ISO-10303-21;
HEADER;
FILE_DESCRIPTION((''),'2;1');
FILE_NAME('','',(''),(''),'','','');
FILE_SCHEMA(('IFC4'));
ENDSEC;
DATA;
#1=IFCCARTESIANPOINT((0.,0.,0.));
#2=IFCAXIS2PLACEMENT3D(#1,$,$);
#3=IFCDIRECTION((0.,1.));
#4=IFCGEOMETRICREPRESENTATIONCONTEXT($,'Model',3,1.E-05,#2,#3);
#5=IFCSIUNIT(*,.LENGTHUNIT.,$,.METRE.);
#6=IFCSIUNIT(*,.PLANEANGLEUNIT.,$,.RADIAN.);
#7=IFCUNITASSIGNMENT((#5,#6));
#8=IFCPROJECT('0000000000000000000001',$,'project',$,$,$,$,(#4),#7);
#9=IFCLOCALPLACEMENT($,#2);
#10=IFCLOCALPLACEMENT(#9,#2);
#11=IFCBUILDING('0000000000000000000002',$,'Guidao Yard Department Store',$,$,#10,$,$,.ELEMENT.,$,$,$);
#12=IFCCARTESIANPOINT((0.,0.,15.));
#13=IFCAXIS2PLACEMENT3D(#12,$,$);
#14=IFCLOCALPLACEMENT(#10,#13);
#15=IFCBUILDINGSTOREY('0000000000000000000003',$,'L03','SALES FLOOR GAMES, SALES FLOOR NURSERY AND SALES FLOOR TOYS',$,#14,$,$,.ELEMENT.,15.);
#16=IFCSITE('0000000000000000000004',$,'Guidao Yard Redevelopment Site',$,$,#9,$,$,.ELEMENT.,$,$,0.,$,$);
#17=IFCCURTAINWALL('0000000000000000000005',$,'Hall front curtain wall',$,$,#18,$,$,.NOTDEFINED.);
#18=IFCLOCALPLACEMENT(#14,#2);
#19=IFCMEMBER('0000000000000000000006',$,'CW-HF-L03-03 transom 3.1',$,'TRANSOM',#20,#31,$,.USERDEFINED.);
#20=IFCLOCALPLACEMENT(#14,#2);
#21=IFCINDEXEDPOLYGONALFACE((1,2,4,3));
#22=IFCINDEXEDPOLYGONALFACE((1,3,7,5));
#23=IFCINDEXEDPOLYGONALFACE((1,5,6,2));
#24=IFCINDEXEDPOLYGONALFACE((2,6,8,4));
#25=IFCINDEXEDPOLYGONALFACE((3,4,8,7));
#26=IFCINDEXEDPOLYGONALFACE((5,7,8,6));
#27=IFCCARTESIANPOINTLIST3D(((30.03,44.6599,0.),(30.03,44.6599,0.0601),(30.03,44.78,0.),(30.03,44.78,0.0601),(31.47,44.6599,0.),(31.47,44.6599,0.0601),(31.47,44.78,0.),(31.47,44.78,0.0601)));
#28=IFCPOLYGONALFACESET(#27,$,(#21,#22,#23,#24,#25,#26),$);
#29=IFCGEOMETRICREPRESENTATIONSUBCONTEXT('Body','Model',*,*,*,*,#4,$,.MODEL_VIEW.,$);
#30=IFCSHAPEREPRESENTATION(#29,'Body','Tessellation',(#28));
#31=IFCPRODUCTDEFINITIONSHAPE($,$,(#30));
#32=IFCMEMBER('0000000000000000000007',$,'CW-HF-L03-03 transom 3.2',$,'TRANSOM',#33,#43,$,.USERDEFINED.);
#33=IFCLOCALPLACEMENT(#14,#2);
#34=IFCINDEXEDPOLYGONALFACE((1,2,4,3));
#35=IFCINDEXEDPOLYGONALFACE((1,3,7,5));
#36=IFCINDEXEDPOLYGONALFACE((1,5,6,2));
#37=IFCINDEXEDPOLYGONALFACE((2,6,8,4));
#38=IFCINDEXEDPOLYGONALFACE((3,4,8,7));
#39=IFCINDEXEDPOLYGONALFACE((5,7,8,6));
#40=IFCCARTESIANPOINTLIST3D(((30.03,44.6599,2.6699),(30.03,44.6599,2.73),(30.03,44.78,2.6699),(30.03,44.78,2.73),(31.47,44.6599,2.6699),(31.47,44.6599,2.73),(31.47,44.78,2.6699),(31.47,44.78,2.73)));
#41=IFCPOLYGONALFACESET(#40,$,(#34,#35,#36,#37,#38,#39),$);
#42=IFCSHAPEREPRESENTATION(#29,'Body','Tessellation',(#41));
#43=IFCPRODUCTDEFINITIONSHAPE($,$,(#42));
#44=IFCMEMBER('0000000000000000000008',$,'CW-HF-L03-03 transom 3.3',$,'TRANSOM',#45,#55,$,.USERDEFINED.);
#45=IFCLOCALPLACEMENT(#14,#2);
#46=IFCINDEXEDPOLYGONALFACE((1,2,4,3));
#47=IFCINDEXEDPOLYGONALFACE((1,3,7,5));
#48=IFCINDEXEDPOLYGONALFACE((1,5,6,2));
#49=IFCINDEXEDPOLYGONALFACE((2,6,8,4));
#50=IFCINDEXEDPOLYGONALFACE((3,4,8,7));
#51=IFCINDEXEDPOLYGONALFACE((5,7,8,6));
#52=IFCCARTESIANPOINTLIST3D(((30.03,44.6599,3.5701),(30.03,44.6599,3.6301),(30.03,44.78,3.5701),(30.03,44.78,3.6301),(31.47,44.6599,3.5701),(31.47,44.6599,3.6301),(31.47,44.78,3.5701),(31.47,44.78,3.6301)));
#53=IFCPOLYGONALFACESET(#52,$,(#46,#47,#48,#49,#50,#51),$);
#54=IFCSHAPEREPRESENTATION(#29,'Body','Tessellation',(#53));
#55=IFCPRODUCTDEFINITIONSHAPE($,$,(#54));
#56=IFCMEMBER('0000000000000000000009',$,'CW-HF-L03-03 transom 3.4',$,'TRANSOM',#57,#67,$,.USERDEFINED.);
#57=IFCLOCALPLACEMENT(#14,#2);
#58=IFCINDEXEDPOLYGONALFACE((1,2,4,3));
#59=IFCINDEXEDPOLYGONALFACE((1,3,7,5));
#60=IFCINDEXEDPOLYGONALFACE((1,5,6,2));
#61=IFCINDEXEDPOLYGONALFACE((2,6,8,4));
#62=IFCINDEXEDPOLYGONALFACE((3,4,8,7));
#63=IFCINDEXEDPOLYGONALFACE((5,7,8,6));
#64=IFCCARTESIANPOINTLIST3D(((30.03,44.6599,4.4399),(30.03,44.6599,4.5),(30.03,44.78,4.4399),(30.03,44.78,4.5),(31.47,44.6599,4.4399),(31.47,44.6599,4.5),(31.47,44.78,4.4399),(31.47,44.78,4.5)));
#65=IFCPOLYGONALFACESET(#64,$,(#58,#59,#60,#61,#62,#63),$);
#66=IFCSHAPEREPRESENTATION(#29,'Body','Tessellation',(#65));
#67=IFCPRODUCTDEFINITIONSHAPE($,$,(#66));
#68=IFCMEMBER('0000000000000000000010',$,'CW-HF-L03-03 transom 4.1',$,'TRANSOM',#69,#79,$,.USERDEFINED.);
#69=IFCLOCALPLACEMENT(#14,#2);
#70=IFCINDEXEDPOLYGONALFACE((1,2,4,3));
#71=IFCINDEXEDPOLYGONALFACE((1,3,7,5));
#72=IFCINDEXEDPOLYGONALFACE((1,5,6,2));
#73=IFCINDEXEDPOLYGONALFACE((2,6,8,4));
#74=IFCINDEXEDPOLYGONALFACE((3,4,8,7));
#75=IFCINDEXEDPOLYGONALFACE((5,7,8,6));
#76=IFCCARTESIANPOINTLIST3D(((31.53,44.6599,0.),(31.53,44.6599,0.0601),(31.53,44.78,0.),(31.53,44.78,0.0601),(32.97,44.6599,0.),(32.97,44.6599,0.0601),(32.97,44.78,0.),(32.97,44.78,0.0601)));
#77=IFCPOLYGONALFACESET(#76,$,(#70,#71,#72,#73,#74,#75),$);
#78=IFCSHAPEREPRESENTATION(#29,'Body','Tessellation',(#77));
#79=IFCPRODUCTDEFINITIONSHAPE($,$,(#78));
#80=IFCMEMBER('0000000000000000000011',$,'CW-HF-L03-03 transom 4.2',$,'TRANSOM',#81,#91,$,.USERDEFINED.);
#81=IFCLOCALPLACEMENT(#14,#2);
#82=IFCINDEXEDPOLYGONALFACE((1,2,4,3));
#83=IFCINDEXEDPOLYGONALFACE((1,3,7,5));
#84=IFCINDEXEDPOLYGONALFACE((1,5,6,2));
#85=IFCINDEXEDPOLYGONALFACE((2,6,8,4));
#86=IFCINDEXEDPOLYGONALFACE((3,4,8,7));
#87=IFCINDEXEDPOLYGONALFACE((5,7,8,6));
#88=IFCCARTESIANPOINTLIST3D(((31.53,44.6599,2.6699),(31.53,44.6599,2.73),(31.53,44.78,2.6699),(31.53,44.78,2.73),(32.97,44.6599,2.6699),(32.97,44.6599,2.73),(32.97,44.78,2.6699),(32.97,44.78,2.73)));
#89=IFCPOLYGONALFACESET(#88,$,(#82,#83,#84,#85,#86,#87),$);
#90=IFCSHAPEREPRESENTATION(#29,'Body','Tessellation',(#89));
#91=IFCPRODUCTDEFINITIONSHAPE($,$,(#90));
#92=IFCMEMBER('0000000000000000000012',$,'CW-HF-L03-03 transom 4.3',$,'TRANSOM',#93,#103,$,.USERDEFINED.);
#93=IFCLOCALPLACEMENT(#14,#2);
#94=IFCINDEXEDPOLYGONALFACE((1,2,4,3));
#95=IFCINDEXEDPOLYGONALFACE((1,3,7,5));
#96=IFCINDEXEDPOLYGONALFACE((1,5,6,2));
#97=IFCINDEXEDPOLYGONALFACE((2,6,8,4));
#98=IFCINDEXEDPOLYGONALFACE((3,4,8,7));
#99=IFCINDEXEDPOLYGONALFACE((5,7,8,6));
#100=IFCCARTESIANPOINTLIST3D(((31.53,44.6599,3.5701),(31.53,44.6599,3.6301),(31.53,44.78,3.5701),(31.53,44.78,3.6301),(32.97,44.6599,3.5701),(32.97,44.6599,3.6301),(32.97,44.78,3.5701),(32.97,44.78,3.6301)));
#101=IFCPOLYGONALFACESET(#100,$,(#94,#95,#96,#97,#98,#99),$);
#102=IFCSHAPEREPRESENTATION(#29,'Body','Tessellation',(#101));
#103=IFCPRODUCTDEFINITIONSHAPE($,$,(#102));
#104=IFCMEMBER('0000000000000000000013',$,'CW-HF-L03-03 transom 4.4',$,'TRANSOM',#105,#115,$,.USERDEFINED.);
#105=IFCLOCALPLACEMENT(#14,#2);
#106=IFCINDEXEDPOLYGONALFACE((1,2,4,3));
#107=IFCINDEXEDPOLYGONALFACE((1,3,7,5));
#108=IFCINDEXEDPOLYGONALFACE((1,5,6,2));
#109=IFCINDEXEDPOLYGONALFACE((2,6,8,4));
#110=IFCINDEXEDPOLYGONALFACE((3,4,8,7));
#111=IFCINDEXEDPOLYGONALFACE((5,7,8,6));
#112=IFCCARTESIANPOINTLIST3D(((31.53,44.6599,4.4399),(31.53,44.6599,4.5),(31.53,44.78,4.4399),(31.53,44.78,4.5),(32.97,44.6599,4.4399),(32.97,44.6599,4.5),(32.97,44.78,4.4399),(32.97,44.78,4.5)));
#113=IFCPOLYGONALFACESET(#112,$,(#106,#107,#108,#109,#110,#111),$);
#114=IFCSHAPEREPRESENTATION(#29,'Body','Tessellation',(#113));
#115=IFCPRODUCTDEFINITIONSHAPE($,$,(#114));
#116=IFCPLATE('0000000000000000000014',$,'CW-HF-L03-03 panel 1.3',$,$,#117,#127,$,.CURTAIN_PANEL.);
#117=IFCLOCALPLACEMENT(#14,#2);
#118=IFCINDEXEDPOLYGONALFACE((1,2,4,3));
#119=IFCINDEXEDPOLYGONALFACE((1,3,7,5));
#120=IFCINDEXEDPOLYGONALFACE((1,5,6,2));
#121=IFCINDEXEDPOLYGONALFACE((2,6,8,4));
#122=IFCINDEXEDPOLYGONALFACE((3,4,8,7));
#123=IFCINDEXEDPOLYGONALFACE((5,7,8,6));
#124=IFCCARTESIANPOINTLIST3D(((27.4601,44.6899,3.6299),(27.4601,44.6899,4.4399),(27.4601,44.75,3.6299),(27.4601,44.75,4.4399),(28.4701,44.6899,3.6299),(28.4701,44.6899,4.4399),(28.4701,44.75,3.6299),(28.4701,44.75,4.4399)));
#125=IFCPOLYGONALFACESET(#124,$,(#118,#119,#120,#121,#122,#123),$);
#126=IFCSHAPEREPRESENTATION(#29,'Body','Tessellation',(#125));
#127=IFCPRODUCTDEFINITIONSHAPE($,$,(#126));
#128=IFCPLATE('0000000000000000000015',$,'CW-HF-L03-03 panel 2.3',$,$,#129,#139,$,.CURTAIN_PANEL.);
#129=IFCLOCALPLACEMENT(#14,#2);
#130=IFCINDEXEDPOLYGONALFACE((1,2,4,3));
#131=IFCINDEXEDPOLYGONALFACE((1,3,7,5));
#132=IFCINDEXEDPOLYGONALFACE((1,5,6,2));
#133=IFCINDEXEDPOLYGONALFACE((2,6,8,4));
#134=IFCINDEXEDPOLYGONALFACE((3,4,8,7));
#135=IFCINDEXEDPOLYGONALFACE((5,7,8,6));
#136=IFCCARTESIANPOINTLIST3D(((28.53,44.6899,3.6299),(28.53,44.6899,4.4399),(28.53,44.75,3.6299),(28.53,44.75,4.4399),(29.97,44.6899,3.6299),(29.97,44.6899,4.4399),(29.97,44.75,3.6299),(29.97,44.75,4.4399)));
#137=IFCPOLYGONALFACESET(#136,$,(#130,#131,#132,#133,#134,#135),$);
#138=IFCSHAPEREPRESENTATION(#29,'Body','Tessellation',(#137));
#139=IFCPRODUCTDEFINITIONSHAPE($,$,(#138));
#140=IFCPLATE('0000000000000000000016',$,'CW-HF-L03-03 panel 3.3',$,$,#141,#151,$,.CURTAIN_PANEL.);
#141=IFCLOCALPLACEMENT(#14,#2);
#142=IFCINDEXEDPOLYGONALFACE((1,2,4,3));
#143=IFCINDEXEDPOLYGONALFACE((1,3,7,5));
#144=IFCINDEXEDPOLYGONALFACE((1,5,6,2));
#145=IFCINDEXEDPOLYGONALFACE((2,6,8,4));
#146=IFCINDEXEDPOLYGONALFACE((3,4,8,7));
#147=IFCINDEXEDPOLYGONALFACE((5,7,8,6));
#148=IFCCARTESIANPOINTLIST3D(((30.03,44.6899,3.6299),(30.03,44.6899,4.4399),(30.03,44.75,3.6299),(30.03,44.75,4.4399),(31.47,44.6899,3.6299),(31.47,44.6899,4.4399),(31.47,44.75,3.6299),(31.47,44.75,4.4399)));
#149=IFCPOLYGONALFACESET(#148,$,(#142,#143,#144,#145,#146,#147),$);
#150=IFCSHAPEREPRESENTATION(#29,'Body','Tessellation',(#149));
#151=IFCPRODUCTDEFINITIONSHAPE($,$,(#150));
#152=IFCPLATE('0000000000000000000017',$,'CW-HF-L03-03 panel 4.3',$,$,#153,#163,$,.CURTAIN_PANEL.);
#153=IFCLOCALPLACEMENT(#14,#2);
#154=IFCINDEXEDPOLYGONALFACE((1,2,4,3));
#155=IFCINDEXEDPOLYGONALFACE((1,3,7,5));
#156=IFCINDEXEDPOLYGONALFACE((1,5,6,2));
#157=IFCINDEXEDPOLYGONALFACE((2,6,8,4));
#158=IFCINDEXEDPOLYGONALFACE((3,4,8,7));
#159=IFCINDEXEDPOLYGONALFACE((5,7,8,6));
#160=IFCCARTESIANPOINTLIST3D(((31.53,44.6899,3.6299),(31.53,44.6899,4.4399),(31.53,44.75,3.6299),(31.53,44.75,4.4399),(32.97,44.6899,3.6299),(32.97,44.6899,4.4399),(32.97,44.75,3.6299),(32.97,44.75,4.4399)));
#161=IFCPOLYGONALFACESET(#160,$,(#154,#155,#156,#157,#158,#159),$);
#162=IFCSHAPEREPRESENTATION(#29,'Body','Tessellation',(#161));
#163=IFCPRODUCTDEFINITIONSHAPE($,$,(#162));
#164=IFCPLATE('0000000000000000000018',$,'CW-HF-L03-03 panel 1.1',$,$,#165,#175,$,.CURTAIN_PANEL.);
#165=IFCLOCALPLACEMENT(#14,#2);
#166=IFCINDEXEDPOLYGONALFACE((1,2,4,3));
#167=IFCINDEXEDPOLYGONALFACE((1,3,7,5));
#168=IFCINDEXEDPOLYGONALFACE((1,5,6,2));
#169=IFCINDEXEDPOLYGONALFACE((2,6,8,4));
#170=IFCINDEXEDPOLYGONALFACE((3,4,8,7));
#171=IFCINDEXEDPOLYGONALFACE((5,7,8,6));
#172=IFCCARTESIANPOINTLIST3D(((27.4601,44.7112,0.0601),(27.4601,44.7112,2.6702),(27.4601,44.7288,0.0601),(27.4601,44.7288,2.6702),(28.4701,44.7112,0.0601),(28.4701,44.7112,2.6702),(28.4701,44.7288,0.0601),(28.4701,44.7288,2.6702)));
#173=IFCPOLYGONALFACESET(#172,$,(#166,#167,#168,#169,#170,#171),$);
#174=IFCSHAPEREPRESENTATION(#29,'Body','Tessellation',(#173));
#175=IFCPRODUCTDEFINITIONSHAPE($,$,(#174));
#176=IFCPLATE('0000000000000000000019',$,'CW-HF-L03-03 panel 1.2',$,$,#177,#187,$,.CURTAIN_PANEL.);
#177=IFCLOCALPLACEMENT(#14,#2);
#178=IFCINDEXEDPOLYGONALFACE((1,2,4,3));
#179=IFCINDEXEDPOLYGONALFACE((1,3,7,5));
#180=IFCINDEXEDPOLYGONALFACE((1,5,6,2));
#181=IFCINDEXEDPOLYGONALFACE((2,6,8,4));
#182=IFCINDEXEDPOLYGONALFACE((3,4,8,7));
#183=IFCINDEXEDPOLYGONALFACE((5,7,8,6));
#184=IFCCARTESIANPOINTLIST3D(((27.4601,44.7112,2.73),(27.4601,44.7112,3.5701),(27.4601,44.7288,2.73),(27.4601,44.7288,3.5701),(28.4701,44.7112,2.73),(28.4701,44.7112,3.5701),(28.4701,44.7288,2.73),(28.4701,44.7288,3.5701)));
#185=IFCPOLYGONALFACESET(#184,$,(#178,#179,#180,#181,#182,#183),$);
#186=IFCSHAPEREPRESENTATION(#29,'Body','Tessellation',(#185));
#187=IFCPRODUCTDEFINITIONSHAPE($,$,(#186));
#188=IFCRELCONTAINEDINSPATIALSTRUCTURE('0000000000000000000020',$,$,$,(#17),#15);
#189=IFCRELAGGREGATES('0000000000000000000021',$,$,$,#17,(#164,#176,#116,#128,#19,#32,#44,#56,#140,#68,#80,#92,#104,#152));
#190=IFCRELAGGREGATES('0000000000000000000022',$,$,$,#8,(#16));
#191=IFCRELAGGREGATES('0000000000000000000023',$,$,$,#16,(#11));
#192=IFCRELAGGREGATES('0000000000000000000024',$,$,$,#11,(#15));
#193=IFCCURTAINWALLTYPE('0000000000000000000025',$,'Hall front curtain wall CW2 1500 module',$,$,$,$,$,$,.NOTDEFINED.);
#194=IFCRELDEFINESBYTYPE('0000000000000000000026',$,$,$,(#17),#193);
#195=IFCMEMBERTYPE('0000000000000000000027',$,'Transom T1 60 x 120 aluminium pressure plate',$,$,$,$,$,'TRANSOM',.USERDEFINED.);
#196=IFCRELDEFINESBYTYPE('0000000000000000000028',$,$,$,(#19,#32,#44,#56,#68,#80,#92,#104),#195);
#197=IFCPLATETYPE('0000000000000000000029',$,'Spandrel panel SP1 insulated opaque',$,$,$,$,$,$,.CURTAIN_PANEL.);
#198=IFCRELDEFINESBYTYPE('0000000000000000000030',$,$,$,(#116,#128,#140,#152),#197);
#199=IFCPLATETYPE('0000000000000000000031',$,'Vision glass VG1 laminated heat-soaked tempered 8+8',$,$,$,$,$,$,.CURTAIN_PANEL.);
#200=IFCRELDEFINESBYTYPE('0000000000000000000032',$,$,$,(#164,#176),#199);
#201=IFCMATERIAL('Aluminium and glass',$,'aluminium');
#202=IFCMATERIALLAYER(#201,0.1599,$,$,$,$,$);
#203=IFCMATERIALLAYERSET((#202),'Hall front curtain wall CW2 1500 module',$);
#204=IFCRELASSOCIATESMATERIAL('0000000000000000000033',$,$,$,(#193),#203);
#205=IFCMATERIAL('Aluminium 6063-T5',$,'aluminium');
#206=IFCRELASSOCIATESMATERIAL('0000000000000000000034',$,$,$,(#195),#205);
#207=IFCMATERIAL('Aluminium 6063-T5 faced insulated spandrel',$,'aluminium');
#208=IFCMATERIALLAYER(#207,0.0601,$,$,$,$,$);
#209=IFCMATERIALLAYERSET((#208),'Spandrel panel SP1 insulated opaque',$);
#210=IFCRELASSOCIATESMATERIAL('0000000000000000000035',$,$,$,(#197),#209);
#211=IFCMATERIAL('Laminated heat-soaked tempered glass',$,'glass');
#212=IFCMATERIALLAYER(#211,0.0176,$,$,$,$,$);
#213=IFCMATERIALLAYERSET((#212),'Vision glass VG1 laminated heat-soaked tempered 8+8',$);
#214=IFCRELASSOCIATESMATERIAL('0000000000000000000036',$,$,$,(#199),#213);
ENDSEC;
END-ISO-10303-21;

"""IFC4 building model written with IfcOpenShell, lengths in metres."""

from ifc_helpers import new_model, si_unit, direction, frame, origin, origin_2d, place, context, subcontext, project, spatial, rectangle, extrude, material, layer, layer_set, material_profile, profile_set, type_object, element, aggregate, save


model = new_model("IFC4")

# Units and contexts
model_context = context("Model", 3, precision=1e-05, world=origin(), true_north=direction((0.0, 1.0)))
body_context = subcontext(model_context, "Body", "Model", "MODEL_VIEW")
ifc_project = project(units=[si_unit("LENGTHUNIT", "METRE"), si_unit("PLANEANGLEUNIT", "RADIAN")], contexts=[model_context])

# Site, building, storey
site_placement = place(None, origin())
site = spatial("IfcSite", under=ifc_project, at=site_placement, Name="Guidao Yard Redevelopment Site", CompositionType="ELEMENT", RefElevation=0.0)
building_placement = place(site_placement, origin())
building = spatial("IfcBuilding", under=site, at=building_placement, Name="Guidao Yard Department Store", CompositionType="ELEMENT")
storey_placement = place(building_placement, frame((0.0, 0.0, 15.0)))
storey = spatial("IfcBuildingStorey", under=building, at=storey_placement, Name="L03", Description="SALES FLOOR GAMES, SALES FLOOR NURSERY AND SALES FLOOR TOYS", CompositionType="ELEMENT", Elevation=15.0)

# Curtain wall, members, plates
ifc_material_1 = material(Name="Aluminium and glass", Category="aluminium")
ifc_layer_1 = layer(ifc_material_1, 0.1599)
ifc_layer_set_1 = layer_set([ifc_layer_1], Name="Hall front curtain wall CW2 1500 module")
curtain_wall_type = type_object("IfcCurtainWallType", Name="Hall front curtain wall CW2 1500 module", PredefinedType="NOTDEFINED", material=ifc_layer_set_1)
curtain_wall_placement = place(storey_placement, origin())
curtain_wall = element("IfcCurtainWall", 1, at=curtain_wall_placement, inside=storey, type_object=curtain_wall_type, Name="Hall front curtain wall", PredefinedType="NOTDEFINED")
ifc_material_2 = material(Name="Aluminium 6063-T5", Category="aluminium")
ifc_material_profile_1 = material_profile(ifc_material_2, rectangle(XDim=0.1201, YDim=0.0601, at=origin_2d()), Name="Transom T1 60 x 120 aluminium pressure plate")
ifc_profile_set_1 = profile_set([ifc_material_profile_1], Name="Aluminium 6063-T5")
member_type_1 = type_object("IfcMemberType", Name="Transom T1 60 x 120 aluminium pressure plate", ElementType="TRANSOM", PredefinedType="USERDEFINED", material=ifc_profile_set_1)
member_1_placement = place(storey_placement, frame((31.47, 44.72, 0.03), z_axis=(-1.0, 0.0, 0.0), x_axis=(0.0, -1.0, 0.0)))
member_1 = element("IfcMember", 2, at=member_1_placement, type_object=member_type_1, Name="CW-HF-L03-03 transom 3.1", ObjectType="TRANSOM", PredefinedType="USERDEFINED", context=body_context, shape_type="SweptSolid", body=[
    extrude(rectangle(XDim=0.1201, YDim=0.0601, at=origin_2d()), origin(), (0.0, 0.0, 1.0), 1.4399),
])
member_2_placement = place(storey_placement, frame((31.47, 44.72, 2.7), z_axis=(-1.0, 0.0, 0.0), x_axis=(0.0, -1.0, 0.0)))
member_2 = element("IfcMember", 3, at=member_2_placement, type_object=member_type_1, Name="CW-HF-L03-03 transom 3.2", ObjectType="TRANSOM", PredefinedType="USERDEFINED", context=body_context, shape_type="SweptSolid", body=[
    extrude(rectangle(XDim=0.1201, YDim=0.0601, at=origin_2d()), origin(), (0.0, 0.0, 1.0), 1.4399),
])
member_3_placement = place(storey_placement, frame((31.47, 44.72, 3.6001), z_axis=(-1.0, 0.0, 0.0), x_axis=(0.0, -1.0, 0.0)))
member_3 = element("IfcMember", 4, at=member_3_placement, type_object=member_type_1, Name="CW-HF-L03-03 transom 3.3", ObjectType="TRANSOM", PredefinedType="USERDEFINED", context=body_context, shape_type="SweptSolid", body=[
    extrude(rectangle(XDim=0.1201, YDim=0.0601, at=origin_2d()), origin(), (0.0, 0.0, 1.0), 1.4399),
])
member_4_placement = place(storey_placement, frame((31.47, 44.72, 4.47), z_axis=(-1.0, 0.0, 0.0), x_axis=(0.0, -1.0, 0.0)))
member_4 = element("IfcMember", 5, at=member_4_placement, type_object=member_type_1, Name="CW-HF-L03-03 transom 3.4", ObjectType="TRANSOM", PredefinedType="USERDEFINED", context=body_context, shape_type="SweptSolid", body=[
    extrude(rectangle(XDim=0.1201, YDim=0.0601, at=origin_2d()), origin(), (0.0, 0.0, 1.0), 1.4399),
])
member_5_placement = place(storey_placement, frame((32.97, 44.72, 0.03), z_axis=(-1.0, 0.0, 0.0), x_axis=(0.0, -1.0, 0.0)))
member_5 = element("IfcMember", 6, at=member_5_placement, type_object=member_type_1, Name="CW-HF-L03-03 transom 4.1", ObjectType="TRANSOM", PredefinedType="USERDEFINED", context=body_context, shape_type="SweptSolid", body=[
    extrude(rectangle(XDim=0.1201, YDim=0.0601, at=origin_2d()), origin(), (0.0, 0.0, 1.0), 1.4399),
])
member_6_placement = place(storey_placement, frame((32.97, 44.72, 2.7), z_axis=(-1.0, 0.0, 0.0), x_axis=(0.0, -1.0, 0.0)))
member_6 = element("IfcMember", 7, at=member_6_placement, type_object=member_type_1, Name="CW-HF-L03-03 transom 4.2", ObjectType="TRANSOM", PredefinedType="USERDEFINED", context=body_context, shape_type="SweptSolid", body=[
    extrude(rectangle(XDim=0.1201, YDim=0.0601, at=origin_2d()), origin(), (0.0, 0.0, 1.0), 1.4399),
])
member_7_placement = place(storey_placement, frame((32.97, 44.72, 3.6001), z_axis=(-1.0, 0.0, 0.0), x_axis=(0.0, -1.0, 0.0)))
member_7 = element("IfcMember", 8, at=member_7_placement, type_object=member_type_1, Name="CW-HF-L03-03 transom 4.3", ObjectType="TRANSOM", PredefinedType="USERDEFINED", context=body_context, shape_type="SweptSolid", body=[
    extrude(rectangle(XDim=0.1201, YDim=0.0601, at=origin_2d()), origin(), (0.0, 0.0, 1.0), 1.4399),
])
member_8_placement = place(storey_placement, frame((32.97, 44.72, 4.47), z_axis=(-1.0, 0.0, 0.0), x_axis=(0.0, -1.0, 0.0)))
member_8 = element("IfcMember", 9, at=member_8_placement, type_object=member_type_1, Name="CW-HF-L03-03 transom 4.4", ObjectType="TRANSOM", PredefinedType="USERDEFINED", context=body_context, shape_type="SweptSolid", body=[
    extrude(rectangle(XDim=0.1201, YDim=0.0601, at=origin_2d()), origin(), (0.0, 0.0, 1.0), 1.4399),
])
ifc_material_3 = material(Name="Aluminium 6063-T5 faced insulated spandrel", Category="aluminium")
ifc_layer_2 = layer(ifc_material_3, 0.0601)
ifc_layer_set_2 = layer_set([ifc_layer_2], Name="Spandrel panel SP1 insulated opaque")
plate_type_1 = type_object("IfcPlateType", Name="Spandrel panel SP1 insulated opaque", PredefinedType="CURTAIN_PANEL", material=ifc_layer_set_2)
plate_1_placement = place(storey_placement, frame((27.9651, 44.72, 3.6299), z_axis=(0.0, 0.0, 1.0), x_axis=(-1.0, 0.0, 0.0)))
plate_1 = element("IfcPlate", 10, at=plate_1_placement, type_object=plate_type_1, Name="CW-HF-L03-03 panel 1.3", PredefinedType="CURTAIN_PANEL", context=body_context, shape_type="SweptSolid", body=[
    extrude(rectangle(XDim=1.01, YDim=0.0601, at=origin_2d()), origin(), (0.0, 0.0, 1.0), 0.8101),
])
plate_2_placement = place(storey_placement, frame((29.25, 44.72, 3.6299), z_axis=(0.0, 0.0, 1.0), x_axis=(-1.0, 0.0, 0.0)))
plate_2 = element("IfcPlate", 11, at=plate_2_placement, type_object=plate_type_1, Name="CW-HF-L03-03 panel 2.3", PredefinedType="CURTAIN_PANEL", context=body_context, shape_type="SweptSolid", body=[
    extrude(rectangle(XDim=1.4399, YDim=0.0601, at=origin_2d()), origin(), (0.0, 0.0, 1.0), 0.8101),
])
plate_3_placement = place(storey_placement, frame((30.75, 44.72, 3.6299), z_axis=(0.0, 0.0, 1.0), x_axis=(-1.0, 0.0, 0.0)))
plate_3 = element("IfcPlate", 12, at=plate_3_placement, type_object=plate_type_1, Name="CW-HF-L03-03 panel 3.3", PredefinedType="CURTAIN_PANEL", context=body_context, shape_type="SweptSolid", body=[
    extrude(rectangle(XDim=1.4399, YDim=0.0601, at=origin_2d()), origin(), (0.0, 0.0, 1.0), 0.8101),
])
plate_4_placement = place(storey_placement, frame((32.25, 44.72, 3.6299), z_axis=(0.0, 0.0, 1.0), x_axis=(-1.0, 0.0, 0.0)))
plate_4 = element("IfcPlate", 13, at=plate_4_placement, type_object=plate_type_1, Name="CW-HF-L03-03 panel 4.3", PredefinedType="CURTAIN_PANEL", context=body_context, shape_type="SweptSolid", body=[
    extrude(rectangle(XDim=1.4399, YDim=0.0601, at=origin_2d()), origin(), (0.0, 0.0, 1.0), 0.8101),
])
ifc_material_4 = material(Name="Laminated heat-soaked tempered glass", Category="glass")
ifc_layer_3 = layer(ifc_material_4, 0.0176)
ifc_layer_set_3 = layer_set([ifc_layer_3], Name="Vision glass VG1 laminated heat-soaked tempered 8+8")
plate_type_2 = type_object("IfcPlateType", Name="Vision glass VG1 laminated heat-soaked tempered 8+8", PredefinedType="CURTAIN_PANEL", material=ifc_layer_set_3)
plate_5_placement = place(storey_placement, frame((27.9651, 44.72, 0.0601), z_axis=(0.0, 0.0, 1.0), x_axis=(-1.0, 0.0, 0.0)))
plate_5 = element("IfcPlate", 14, at=plate_5_placement, type_object=plate_type_2, Name="CW-HF-L03-03 panel 1.1", PredefinedType="CURTAIN_PANEL", context=body_context, shape_type="SweptSolid", body=[
    extrude(rectangle(XDim=1.01, YDim=0.0176, at=origin_2d()), origin(), (0.0, 0.0, 1.0), 2.6101),
])
plate_6_placement = place(storey_placement, frame((27.9651, 44.72, 2.73), z_axis=(0.0, 0.0, 1.0), x_axis=(-1.0, 0.0, 0.0)))
plate_6 = element("IfcPlate", 15, at=plate_6_placement, type_object=plate_type_2, Name="CW-HF-L03-03 panel 1.2", PredefinedType="CURTAIN_PANEL", context=body_context, shape_type="SweptSolid", body=[
    extrude(rectangle(XDim=1.01, YDim=0.0176, at=origin_2d()), origin(), (0.0, 0.0, 1.0), 0.8401),
])
aggregate(curtain_wall, [plate_5, plate_6, plate_1, plate_2, member_1, member_2, member_3, member_4, plate_3, member_5, member_6, member_7, member_8, plate_4])

save(model, "model.ifc")
